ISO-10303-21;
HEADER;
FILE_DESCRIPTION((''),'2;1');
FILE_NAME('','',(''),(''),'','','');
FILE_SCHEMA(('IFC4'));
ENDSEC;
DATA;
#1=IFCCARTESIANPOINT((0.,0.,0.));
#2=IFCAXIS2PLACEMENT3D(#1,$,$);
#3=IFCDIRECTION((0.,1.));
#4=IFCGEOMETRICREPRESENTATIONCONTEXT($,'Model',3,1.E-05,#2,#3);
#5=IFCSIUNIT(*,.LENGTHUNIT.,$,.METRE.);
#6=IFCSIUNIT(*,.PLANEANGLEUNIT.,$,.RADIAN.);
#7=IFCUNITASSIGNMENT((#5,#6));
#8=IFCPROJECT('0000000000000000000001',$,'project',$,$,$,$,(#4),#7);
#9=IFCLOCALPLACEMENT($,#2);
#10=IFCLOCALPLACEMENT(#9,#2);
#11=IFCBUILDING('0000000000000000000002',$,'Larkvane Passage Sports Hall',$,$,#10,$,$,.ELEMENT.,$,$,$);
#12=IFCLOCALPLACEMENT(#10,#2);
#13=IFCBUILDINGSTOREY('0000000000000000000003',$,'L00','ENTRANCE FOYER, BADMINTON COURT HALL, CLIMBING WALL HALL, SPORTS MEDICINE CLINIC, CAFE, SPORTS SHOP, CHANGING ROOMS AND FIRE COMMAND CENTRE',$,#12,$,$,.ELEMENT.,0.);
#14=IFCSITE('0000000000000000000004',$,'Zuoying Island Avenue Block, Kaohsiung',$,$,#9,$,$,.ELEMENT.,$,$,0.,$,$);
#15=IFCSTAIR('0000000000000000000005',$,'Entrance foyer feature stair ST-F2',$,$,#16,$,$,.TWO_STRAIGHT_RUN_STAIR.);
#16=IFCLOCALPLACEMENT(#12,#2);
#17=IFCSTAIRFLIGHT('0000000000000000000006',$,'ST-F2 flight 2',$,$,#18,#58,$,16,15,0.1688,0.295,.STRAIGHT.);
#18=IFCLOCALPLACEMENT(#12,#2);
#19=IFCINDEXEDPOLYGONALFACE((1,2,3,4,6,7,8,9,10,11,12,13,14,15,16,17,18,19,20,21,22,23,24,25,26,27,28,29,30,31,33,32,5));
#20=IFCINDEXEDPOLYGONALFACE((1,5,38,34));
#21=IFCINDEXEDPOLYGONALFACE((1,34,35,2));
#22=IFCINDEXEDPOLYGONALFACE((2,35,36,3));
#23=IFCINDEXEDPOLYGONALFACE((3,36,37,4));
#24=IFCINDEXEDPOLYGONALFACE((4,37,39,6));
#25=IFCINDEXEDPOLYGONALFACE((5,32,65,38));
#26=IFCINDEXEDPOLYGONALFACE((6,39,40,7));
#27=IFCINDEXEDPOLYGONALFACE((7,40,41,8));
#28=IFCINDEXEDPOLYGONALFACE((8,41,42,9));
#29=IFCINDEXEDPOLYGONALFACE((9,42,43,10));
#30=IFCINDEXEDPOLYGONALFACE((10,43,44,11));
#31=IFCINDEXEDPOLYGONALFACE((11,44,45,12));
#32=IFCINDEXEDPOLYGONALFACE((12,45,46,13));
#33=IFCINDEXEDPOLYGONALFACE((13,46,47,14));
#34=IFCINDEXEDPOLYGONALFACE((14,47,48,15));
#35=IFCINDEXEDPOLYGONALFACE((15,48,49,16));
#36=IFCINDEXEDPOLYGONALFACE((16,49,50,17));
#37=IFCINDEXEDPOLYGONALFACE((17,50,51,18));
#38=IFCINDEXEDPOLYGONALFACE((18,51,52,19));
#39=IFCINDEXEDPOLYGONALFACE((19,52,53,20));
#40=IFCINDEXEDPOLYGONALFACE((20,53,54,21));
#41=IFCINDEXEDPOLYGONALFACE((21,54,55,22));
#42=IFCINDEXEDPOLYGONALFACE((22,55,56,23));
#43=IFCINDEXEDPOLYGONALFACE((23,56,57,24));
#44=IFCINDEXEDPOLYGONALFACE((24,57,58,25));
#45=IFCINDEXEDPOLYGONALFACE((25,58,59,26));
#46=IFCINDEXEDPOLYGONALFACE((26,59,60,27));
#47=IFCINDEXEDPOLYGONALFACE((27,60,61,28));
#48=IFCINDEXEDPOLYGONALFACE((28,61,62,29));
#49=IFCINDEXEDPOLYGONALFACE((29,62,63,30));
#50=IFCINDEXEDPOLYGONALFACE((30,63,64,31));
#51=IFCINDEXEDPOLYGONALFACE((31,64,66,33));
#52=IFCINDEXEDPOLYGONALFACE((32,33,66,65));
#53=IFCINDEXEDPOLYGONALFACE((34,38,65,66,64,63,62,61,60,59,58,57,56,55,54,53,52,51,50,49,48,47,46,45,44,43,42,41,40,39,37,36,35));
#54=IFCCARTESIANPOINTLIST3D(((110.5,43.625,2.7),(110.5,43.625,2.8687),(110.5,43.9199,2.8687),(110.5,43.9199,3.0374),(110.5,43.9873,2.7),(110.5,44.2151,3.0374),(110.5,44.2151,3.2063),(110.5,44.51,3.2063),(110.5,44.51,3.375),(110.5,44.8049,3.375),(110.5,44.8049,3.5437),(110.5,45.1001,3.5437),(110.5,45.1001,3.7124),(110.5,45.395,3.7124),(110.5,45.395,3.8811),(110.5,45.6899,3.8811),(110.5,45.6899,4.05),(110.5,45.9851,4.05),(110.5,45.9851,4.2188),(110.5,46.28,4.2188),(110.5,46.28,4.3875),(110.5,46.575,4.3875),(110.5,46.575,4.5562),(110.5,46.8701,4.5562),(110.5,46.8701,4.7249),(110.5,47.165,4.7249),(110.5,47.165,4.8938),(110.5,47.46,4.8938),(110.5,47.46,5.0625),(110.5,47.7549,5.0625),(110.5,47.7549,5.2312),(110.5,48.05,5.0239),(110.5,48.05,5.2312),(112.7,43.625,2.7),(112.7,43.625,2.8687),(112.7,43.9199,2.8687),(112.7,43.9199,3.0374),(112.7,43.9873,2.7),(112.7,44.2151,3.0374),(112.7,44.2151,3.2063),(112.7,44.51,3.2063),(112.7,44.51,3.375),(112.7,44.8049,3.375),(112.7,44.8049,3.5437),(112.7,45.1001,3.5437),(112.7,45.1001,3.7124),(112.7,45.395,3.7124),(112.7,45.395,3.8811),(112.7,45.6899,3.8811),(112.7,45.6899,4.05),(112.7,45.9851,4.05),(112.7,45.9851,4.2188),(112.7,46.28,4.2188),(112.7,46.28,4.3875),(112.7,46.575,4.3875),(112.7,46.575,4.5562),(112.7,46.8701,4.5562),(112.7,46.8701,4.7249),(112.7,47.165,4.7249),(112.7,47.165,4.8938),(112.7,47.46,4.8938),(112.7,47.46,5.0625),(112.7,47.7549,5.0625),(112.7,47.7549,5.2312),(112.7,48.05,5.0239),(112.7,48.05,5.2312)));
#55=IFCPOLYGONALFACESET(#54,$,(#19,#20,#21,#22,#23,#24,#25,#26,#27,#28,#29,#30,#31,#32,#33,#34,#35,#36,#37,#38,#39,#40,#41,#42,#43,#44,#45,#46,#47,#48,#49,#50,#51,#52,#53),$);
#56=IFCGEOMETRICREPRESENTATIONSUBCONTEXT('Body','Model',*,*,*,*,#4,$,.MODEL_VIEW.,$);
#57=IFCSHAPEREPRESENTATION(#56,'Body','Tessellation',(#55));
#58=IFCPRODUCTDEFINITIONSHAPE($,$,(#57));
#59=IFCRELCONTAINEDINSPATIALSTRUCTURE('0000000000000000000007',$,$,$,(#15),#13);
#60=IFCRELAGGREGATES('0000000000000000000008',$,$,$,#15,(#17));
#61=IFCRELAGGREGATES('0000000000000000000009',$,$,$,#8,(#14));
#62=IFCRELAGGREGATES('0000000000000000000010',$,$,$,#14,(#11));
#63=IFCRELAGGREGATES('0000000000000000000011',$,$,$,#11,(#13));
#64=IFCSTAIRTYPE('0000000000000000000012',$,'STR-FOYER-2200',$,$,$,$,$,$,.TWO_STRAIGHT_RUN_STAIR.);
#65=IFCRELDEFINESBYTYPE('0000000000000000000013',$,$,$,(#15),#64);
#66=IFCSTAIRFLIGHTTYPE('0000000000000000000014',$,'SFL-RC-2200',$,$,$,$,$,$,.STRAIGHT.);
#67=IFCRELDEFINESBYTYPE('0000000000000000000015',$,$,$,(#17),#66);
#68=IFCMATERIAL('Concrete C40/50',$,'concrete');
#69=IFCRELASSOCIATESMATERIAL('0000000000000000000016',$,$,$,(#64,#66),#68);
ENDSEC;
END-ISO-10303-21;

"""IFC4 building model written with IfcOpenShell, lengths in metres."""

from ifc_helpers import new_model, si_unit, direction, frame, origin, place, context, subcontext, project, spatial, polyline, outline, extrude, material, type_object, element, aggregate, save


model = new_model("IFC4")

# Units and contexts
model_context = context("Model", 3, precision=1e-05, world=origin(), true_north=direction((0.0, 1.0)))
body_context = subcontext(model_context, "Body", "Model", "MODEL_VIEW")
ifc_project = project(units=[si_unit("LENGTHUNIT", "METRE"), si_unit("PLANEANGLEUNIT", "RADIAN")], contexts=[model_context])

# Site, building, storey
site_placement = place(None, origin())
site = spatial("IfcSite", under=ifc_project, at=site_placement, Name="Zuoying Island Avenue Block, Kaohsiung", CompositionType="ELEMENT", RefElevation=0.0)
building_placement = place(site_placement, origin())
building = spatial("IfcBuilding", under=site, at=building_placement, Name="Larkvane Passage Sports Hall", CompositionType="ELEMENT")
storey_placement = place(building_placement, origin())
storey = spatial("IfcBuildingStorey", under=building, at=storey_placement, Name="L00", Description="ENTRANCE FOYER, BADMINTON COURT HALL, CLIMBING WALL HALL, SPORTS MEDICINE CLINIC, CAFE, SPORTS SHOP, CHANGING ROOMS AND FIRE COMMAND CENTRE", CompositionType="ELEMENT", Elevation=0.0)

# Stair, stair flight
ifc_material_1 = material(Name="Concrete C40/50", Category="concrete")
stair_type = type_object("IfcStairType", Name="STR-FOYER-2200", PredefinedType="TWO_STRAIGHT_RUN_STAIR", material=ifc_material_1)
stair_placement = place(storey_placement, origin())
stair = element("IfcStair", 1, at=stair_placement, inside=storey, type_object=stair_type, Name="Entrance foyer feature stair ST-F2", PredefinedType="TWO_STRAIGHT_RUN_STAIR")
stair_flight_type = type_object("IfcStairFlightType", Name="SFL-RC-2200", PredefinedType="STRAIGHT", material=ifc_material_1)
stair_flight_1_placement = place(storey_placement, frame((111.6001, 43.625, 2.7), z_axis=(0.0, 0.0, 1.0), x_axis=(0.0, 1.0, 0.0)))
stair_flight_1 = element("IfcStairFlight", 2, at=stair_flight_1_placement, type_object=stair_flight_type, Name="ST-F2 flight 2", NumberOfRisers=16, NumberOfTreads=15, PredefinedType="STRAIGHT", RiserHeight=0.1688, TreadLength=0.295, context=body_context, shape_type="SweptSolid", body=[
    extrude(outline(polyline([(0.0, 0.0), (0.0, 0.1687), (0.2949, 0.1687), (0.2949, 0.3374), (0.5901, 0.3374), (0.5901, 0.5063), (0.885, 0.5063), (0.885, 0.675), (1.1799, 0.675), (1.1799, 0.8438), (1.4751, 0.8438), (1.4751, 1.0125), (1.77, 1.0125), (1.77, 1.1812), (2.0649, 1.1812), (2.0649, 1.3501), (2.3601, 1.3501), (2.3601, 1.5188), (2.655, 1.5188), (2.655, 1.6875), (2.95, 1.6875), (2.95, 1.8562), (3.2451, 1.8562), (3.2451, 2.0249), (3.54, 2.0249), (3.54, 2.1938), (3.835, 2.1938), (3.835, 2.3625), (4.1299, 2.3625), (4.1299, 2.5312), (4.425, 2.5312), (4.425, 2.7), (4.425, 2.324), (0.3623, 0.0), (0.0, 0.0)])), frame((0.0, 1.1001, 0.0), z_axis=(0.0, -1.0, 0.0), x_axis=(1.0, 0.0, 0.0)), (0.0, 0.0, 1.0), 2.2),
])
aggregate(stair, [stair_flight_1])

save(model, "model.ifc")
